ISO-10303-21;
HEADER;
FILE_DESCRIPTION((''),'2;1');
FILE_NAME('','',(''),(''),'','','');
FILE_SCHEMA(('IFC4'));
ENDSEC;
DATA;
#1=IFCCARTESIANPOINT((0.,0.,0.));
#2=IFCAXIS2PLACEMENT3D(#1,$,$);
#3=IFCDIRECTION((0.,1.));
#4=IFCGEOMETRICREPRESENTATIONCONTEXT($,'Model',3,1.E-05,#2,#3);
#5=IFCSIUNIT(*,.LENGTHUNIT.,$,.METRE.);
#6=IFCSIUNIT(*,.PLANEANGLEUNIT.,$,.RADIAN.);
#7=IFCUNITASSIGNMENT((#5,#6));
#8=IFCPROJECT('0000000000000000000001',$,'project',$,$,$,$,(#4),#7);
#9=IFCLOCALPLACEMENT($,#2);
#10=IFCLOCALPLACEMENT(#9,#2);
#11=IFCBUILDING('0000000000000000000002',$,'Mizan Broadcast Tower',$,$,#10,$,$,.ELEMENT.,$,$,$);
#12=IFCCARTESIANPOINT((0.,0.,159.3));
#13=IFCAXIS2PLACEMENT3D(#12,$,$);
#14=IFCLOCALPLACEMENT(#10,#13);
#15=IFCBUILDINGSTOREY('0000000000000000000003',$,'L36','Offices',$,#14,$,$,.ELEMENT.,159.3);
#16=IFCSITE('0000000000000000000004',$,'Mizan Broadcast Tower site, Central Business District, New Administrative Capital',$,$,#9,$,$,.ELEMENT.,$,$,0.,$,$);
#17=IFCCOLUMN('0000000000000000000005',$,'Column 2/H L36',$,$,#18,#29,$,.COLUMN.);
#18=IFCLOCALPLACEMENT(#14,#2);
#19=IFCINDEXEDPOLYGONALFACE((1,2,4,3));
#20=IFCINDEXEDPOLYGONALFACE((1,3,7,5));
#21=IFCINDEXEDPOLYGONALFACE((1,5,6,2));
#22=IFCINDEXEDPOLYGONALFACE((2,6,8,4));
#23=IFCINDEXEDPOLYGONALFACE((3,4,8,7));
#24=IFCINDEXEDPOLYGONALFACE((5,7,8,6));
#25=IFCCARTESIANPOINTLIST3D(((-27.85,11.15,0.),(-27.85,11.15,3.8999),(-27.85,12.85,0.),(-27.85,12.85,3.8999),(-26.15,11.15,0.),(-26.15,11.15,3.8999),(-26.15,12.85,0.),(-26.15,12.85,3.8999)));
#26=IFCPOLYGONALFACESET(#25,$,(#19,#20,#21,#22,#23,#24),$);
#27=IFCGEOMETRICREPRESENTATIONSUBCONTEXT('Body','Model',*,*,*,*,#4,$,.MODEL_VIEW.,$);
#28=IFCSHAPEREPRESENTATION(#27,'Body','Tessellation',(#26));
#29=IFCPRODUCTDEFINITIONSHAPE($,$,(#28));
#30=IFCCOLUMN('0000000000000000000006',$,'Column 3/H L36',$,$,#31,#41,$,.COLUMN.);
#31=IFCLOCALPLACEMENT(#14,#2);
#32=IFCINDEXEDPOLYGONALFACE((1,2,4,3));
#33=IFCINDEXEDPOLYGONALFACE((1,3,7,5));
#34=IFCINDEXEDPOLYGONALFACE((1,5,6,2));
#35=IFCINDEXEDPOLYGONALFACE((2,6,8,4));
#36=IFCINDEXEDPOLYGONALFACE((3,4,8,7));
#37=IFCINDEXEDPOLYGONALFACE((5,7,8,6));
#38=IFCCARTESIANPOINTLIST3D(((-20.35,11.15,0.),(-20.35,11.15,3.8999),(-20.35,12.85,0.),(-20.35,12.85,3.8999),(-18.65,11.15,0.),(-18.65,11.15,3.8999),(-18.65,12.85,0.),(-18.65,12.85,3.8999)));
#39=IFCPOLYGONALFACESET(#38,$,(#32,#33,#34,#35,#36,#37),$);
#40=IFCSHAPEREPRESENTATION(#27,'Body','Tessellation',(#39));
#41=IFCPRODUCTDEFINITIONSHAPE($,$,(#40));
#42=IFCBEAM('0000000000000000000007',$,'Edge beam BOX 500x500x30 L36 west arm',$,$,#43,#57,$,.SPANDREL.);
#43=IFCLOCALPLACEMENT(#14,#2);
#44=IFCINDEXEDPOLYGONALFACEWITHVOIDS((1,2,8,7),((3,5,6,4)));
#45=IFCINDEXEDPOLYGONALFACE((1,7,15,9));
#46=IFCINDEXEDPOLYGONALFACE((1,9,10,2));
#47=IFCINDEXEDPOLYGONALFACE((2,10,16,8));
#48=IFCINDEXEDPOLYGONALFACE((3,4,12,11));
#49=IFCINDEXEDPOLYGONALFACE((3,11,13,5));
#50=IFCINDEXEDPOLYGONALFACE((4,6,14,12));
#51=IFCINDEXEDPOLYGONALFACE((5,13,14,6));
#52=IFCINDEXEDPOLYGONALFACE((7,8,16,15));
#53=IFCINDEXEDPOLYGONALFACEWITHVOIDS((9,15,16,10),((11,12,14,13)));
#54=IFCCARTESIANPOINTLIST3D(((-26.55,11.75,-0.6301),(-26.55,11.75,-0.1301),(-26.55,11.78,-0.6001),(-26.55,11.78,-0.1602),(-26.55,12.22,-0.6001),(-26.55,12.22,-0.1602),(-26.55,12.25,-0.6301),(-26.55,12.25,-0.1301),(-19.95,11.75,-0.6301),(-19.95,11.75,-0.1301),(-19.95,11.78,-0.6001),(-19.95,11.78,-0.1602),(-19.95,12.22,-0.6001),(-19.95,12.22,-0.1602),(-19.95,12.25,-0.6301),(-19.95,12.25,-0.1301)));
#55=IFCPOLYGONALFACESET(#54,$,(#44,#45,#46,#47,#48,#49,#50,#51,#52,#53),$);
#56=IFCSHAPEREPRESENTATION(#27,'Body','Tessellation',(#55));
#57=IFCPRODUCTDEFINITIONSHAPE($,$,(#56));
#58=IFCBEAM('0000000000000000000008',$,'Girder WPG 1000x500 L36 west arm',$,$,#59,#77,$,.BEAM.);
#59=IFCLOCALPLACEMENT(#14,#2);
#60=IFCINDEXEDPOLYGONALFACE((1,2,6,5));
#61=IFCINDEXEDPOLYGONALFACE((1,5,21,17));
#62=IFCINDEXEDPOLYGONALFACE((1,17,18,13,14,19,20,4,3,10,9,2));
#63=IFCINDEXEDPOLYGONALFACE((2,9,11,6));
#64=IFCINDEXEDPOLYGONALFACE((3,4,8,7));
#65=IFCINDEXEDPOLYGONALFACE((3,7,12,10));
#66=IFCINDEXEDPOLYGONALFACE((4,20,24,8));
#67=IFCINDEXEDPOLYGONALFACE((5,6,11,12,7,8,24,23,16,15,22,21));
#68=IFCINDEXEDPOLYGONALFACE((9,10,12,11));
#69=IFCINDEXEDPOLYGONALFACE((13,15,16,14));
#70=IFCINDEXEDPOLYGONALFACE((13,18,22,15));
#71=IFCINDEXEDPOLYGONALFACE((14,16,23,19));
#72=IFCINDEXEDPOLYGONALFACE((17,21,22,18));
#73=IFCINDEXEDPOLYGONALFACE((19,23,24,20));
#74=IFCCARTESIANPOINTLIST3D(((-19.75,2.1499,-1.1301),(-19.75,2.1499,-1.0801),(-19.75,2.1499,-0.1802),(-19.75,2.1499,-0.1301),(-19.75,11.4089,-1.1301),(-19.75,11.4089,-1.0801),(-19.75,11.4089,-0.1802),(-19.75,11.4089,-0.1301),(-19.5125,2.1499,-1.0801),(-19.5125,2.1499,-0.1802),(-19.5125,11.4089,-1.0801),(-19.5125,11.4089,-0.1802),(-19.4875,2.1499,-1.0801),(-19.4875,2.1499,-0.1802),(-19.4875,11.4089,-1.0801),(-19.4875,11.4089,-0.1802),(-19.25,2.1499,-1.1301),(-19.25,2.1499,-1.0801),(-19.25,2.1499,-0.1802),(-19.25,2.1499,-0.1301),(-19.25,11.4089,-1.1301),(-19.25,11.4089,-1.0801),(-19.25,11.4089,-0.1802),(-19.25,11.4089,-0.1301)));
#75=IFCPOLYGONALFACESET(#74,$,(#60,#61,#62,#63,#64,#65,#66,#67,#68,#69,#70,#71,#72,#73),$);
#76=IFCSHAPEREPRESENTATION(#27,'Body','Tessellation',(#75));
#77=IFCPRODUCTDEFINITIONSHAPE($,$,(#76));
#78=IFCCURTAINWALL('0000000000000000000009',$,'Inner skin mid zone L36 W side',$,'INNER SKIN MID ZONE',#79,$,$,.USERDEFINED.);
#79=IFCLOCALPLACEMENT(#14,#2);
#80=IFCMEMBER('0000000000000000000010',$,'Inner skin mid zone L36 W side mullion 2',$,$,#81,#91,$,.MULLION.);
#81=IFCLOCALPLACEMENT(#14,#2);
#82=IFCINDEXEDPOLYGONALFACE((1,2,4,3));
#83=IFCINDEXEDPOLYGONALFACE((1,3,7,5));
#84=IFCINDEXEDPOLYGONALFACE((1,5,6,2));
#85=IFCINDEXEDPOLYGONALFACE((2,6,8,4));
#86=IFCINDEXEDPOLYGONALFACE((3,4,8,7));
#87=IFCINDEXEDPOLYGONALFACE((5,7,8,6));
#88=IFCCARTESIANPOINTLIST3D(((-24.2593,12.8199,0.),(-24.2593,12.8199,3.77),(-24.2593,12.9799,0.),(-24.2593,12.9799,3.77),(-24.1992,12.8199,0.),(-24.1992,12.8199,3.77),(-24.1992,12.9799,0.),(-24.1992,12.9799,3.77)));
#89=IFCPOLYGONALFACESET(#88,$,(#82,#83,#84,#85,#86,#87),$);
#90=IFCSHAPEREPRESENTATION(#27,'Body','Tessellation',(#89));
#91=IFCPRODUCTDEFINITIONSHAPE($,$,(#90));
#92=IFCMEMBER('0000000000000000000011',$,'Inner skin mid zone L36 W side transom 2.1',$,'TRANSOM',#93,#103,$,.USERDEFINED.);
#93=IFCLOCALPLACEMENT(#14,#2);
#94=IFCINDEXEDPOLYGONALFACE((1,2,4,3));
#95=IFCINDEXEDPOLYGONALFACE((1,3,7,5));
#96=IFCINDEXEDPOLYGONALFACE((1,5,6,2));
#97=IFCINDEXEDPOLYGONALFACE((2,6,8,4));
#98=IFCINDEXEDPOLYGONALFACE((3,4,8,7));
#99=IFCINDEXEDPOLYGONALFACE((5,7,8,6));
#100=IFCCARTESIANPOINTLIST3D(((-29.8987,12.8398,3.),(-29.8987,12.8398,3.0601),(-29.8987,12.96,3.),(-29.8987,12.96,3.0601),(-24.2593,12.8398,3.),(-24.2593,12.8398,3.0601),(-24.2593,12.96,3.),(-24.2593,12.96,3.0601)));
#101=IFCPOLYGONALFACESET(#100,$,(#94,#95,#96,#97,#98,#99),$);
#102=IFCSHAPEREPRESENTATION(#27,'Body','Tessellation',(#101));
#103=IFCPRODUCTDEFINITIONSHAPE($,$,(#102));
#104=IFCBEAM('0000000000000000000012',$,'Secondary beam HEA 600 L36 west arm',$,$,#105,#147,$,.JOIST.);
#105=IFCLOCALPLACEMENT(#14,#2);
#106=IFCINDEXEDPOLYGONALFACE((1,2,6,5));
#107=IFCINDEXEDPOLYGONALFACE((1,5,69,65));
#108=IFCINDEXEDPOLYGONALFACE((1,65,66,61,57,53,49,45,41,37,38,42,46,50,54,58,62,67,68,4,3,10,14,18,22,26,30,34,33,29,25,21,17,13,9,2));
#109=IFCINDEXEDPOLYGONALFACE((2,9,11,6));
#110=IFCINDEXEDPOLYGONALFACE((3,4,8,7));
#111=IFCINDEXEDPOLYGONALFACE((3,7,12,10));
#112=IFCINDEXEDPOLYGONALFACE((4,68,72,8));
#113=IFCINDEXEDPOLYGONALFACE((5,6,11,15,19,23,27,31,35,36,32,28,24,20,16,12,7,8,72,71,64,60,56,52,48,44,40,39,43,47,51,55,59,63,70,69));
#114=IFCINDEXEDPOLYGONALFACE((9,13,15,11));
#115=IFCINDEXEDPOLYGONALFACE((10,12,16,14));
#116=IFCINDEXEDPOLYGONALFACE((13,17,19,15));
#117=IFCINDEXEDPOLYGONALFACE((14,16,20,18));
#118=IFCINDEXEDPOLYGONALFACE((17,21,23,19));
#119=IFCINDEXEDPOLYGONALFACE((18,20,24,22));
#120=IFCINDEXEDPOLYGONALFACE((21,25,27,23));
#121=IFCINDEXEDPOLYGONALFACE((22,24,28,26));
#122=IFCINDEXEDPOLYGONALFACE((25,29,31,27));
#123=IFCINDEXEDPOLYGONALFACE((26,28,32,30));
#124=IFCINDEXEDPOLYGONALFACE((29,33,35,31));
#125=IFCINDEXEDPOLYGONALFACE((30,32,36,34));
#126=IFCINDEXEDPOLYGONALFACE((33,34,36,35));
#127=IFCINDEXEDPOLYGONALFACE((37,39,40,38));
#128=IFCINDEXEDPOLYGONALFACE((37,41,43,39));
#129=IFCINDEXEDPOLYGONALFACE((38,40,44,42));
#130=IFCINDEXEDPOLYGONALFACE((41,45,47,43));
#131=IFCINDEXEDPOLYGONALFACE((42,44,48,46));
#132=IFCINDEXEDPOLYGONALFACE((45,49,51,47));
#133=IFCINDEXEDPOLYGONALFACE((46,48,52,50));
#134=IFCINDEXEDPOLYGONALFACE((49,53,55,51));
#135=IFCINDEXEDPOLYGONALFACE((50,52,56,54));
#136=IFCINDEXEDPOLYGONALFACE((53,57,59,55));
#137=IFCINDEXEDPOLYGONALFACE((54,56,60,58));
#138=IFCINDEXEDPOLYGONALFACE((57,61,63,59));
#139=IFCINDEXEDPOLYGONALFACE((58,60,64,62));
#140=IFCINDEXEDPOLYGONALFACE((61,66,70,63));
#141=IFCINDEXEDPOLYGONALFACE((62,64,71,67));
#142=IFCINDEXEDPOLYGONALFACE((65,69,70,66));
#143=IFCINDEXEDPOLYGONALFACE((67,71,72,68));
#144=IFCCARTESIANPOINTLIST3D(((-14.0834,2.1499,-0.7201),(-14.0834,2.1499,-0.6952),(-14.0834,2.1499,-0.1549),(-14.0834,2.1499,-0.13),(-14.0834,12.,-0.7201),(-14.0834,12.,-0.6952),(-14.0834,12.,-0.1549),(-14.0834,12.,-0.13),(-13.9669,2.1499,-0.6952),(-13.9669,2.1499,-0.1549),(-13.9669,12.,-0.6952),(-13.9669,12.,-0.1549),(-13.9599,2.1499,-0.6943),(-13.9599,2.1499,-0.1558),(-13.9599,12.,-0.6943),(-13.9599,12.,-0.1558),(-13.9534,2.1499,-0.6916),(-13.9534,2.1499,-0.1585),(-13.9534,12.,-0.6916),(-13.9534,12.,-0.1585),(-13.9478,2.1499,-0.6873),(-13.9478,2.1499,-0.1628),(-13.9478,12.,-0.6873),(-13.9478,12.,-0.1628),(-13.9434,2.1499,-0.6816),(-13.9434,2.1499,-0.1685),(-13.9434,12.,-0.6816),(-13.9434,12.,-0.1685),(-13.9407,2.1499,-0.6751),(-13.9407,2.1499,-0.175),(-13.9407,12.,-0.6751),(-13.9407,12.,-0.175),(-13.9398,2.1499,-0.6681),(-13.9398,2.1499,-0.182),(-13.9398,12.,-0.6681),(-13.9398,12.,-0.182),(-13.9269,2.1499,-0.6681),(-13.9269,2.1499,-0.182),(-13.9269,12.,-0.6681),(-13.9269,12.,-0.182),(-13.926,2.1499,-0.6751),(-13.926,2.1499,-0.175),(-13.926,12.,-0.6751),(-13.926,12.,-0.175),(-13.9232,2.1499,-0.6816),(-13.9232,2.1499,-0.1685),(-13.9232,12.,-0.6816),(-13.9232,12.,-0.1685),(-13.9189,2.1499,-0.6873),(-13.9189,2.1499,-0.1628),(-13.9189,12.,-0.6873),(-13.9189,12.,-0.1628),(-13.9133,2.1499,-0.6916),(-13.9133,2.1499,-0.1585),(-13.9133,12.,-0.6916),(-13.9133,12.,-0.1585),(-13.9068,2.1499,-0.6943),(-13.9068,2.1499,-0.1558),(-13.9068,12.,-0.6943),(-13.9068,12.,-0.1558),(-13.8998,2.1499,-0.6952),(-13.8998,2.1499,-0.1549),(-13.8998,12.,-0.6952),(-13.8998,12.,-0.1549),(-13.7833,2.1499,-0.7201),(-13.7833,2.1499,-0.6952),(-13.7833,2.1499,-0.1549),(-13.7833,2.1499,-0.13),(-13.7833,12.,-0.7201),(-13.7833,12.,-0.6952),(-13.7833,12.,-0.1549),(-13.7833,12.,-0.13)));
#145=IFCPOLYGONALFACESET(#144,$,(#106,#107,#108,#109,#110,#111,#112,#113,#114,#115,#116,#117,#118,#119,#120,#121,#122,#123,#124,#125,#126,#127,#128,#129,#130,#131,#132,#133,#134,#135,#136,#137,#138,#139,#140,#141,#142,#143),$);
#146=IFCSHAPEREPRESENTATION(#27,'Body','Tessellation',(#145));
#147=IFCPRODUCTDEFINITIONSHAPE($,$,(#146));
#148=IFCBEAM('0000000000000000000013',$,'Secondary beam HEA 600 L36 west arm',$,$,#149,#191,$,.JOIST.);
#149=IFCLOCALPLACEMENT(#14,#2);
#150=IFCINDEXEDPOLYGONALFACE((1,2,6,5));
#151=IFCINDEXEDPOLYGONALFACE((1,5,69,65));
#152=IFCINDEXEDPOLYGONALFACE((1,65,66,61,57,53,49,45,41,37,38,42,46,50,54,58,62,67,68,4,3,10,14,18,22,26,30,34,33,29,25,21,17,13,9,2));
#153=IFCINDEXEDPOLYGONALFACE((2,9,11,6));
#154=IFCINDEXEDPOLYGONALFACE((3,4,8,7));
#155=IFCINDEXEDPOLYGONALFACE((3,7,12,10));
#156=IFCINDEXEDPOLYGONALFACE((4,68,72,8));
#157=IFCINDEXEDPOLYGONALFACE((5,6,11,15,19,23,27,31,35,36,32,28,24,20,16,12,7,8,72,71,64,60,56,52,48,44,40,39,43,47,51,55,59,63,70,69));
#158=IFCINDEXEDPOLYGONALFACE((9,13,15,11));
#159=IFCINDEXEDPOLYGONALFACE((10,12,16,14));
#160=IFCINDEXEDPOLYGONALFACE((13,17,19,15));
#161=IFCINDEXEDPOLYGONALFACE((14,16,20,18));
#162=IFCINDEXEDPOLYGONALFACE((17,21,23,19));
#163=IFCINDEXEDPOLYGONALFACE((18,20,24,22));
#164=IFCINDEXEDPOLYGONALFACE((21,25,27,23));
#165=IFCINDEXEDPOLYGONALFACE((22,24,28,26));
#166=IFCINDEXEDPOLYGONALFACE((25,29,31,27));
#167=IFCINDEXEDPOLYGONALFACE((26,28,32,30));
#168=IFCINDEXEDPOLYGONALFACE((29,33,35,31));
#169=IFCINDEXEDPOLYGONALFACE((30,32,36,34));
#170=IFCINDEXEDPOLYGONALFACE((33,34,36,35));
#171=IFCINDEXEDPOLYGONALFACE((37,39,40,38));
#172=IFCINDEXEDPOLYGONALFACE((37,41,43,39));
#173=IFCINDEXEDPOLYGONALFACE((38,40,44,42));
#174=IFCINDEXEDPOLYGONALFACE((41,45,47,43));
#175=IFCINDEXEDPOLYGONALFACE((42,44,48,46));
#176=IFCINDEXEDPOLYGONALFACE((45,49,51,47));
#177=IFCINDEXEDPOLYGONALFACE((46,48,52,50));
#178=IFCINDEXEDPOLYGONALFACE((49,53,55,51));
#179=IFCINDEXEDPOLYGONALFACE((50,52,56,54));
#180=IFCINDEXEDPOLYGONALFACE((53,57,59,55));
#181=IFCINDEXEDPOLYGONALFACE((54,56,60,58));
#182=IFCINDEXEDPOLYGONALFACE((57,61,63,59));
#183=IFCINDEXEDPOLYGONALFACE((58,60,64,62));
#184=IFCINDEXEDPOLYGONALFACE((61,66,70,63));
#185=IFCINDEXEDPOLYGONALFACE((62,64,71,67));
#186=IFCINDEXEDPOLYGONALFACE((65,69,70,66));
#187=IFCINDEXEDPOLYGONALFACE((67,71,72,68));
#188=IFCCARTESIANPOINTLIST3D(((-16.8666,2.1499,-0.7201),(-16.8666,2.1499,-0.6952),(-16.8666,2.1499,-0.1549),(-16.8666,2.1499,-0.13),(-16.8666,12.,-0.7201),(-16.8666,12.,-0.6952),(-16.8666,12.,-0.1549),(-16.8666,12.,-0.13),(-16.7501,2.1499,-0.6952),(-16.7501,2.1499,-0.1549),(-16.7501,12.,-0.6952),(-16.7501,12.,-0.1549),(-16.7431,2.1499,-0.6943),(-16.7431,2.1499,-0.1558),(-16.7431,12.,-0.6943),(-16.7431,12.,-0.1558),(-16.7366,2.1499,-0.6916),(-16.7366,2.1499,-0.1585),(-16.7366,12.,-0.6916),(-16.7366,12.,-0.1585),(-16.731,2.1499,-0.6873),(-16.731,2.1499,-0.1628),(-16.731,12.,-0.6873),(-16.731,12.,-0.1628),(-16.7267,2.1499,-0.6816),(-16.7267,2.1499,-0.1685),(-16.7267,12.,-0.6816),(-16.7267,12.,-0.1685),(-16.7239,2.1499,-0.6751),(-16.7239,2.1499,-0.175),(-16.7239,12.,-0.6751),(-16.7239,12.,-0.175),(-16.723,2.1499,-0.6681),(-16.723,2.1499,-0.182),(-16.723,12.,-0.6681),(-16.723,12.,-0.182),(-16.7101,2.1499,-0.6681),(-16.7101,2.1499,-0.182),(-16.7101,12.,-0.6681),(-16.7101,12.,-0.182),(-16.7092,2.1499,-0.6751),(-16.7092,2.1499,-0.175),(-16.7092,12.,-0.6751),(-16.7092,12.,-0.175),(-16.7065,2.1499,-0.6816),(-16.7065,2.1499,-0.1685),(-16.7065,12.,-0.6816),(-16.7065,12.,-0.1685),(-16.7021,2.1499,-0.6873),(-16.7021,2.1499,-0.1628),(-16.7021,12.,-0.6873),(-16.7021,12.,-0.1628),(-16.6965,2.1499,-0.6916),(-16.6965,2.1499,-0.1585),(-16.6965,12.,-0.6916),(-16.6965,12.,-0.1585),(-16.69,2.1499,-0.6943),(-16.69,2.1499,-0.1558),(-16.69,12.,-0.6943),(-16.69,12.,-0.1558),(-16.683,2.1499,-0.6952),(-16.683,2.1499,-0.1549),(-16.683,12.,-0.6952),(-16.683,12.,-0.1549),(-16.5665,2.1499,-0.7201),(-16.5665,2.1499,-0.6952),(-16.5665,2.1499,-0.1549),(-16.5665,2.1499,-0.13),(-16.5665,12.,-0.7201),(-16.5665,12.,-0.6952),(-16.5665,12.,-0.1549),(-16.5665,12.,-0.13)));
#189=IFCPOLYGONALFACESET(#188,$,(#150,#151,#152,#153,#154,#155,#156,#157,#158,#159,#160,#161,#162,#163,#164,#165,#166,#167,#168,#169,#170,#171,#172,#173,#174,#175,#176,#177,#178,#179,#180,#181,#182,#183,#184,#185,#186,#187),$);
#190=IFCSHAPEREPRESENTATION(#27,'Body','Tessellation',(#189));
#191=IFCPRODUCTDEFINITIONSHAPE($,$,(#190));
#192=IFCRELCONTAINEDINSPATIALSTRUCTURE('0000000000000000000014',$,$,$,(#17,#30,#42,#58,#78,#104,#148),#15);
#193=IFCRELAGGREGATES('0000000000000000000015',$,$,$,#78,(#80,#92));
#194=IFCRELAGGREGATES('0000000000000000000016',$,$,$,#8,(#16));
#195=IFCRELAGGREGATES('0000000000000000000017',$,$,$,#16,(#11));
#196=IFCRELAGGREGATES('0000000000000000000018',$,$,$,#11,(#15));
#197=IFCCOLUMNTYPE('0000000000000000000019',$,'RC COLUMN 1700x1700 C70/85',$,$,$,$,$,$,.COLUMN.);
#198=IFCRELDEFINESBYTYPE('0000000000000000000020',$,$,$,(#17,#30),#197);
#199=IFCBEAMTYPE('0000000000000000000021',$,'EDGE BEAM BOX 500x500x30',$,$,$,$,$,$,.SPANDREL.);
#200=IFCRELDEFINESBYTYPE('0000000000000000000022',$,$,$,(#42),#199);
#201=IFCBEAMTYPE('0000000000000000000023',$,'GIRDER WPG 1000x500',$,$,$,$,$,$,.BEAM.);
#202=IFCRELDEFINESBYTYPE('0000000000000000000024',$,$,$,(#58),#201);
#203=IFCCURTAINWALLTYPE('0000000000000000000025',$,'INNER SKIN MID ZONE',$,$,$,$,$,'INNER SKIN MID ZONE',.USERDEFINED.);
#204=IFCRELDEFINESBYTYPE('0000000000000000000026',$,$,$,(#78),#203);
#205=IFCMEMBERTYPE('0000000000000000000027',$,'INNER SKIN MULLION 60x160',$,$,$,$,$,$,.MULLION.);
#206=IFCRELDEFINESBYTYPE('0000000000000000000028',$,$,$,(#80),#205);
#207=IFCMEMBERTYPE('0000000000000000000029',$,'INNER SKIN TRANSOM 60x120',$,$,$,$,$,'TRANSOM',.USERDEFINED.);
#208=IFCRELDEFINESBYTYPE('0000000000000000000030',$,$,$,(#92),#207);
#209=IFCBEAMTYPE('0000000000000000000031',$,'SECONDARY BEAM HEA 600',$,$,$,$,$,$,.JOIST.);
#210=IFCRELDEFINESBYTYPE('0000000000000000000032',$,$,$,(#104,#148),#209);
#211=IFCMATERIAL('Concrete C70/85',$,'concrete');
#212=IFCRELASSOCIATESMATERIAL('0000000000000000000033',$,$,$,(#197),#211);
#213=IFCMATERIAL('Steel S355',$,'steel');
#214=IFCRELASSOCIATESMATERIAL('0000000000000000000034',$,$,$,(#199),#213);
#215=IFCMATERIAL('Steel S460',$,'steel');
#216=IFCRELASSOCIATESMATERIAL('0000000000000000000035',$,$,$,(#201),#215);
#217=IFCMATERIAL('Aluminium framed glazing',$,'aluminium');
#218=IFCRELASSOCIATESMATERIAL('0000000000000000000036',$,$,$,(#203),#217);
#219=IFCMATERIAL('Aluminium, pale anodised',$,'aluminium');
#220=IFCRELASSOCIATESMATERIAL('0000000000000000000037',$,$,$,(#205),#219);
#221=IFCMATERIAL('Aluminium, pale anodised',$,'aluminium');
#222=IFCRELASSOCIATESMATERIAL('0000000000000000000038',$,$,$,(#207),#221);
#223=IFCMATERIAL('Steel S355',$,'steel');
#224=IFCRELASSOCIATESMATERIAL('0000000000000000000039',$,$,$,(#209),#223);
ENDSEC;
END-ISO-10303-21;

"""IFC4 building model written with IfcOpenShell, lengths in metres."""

from ifc_helpers import new_model, si_unit, direction, frame, origin, origin_2d, place, context, subcontext, project, spatial, rectangle, hollow_rectangle, i_section, extrude, material, material_profile, profile_set, type_object, element, aggregate, save


model = new_model("IFC4")

# Units and contexts
model_context = context("Model", 3, precision=1e-05, world=origin(), true_north=direction((0.0, 1.0)))
body_context = subcontext(model_context, "Body", "Model", "MODEL_VIEW")
ifc_project = project(units=[si_unit("LENGTHUNIT", "METRE"), si_unit("PLANEANGLEUNIT", "RADIAN")], contexts=[model_context])

# Site, building, storey
site_placement = place(None, origin())
site = spatial("IfcSite", under=ifc_project, at=site_placement, Name="Mizan Broadcast Tower site, Central Business District, New Administrative Capital", CompositionType="ELEMENT", RefElevation=0.0)
building_placement = place(site_placement, origin())
building = spatial("IfcBuilding", under=site, at=building_placement, Name="Mizan Broadcast Tower", CompositionType="ELEMENT")
storey_placement = place(building_placement, frame((0.0, 0.0, 159.3)))
storey = spatial("IfcBuildingStorey", under=building, at=storey_placement, Name="L36", Description="Offices", CompositionType="ELEMENT", Elevation=159.3)

# Columns
ifc_material_1 = material(Name="Concrete C70/85", Category="concrete")
ifc_material_profile_1 = material_profile(ifc_material_1, rectangle(XDim=1.7, YDim=1.7, at=origin_2d()), Name="RC 1700x1700")
ifc_profile_set_1 = profile_set([ifc_material_profile_1], Name="Concrete C70/85")
column_type = type_object("IfcColumnType", Name="RC COLUMN 1700x1700 C70/85", PredefinedType="COLUMN", material=ifc_profile_set_1)
for number, where, z_axis, x_axis, name in (
    (1, (-27.0, 12.0, 0.0), (0.0, 0.0, 1.0), (1.0, 0.0, 0.0), "Column 2/H L36"),
    (2, (-19.5, 12.0, 0.0), (0.0, 0.0, 1.0), (1.0, 0.0, 0.0), "Column 3/H L36"),
):
    element("IfcColumn", number, at=place(storey_placement, frame(where, z_axis=z_axis, x_axis=x_axis)), inside=storey, type_object=column_type, Name=name, PredefinedType="COLUMN", context=body_context, shape_type="SweptSolid", body=[
        extrude(rectangle(XDim=1.7, YDim=1.7, at=origin_2d()), origin(), (0.0, 0.0, 1.0), 3.8999),
    ])

# Beams
ifc_material_2 = material(Name="Steel S355", Category="steel")
ifc_material_profile_2 = material_profile(ifc_material_2, hollow_rectangle(XDim=0.5, YDim=0.5, WallThickness=0.03, at=origin_2d()), Name="BOX 500x500x30")
ifc_profile_set_2 = profile_set([ifc_material_profile_2], Name="Steel S355")
beam_type_1 = type_object("IfcBeamType", Name="EDGE BEAM BOX 500x500x30", PredefinedType="SPANDREL", material=ifc_profile_set_2)
beam_1_placement = place(storey_placement, frame((-19.95, 12.0, -0.3801), z_axis=(-1.0, 0.0, 0.0), x_axis=(0.0, -1.0, 0.0)))
element("IfcBeam", 3, at=beam_1_placement, inside=storey, type_object=beam_type_1, Name="Edge beam BOX 500x500x30 L36 west arm", PredefinedType="SPANDREL", context=body_context, shape_type="SweptSolid", body=[
    extrude(hollow_rectangle(XDim=0.5, YDim=0.5, WallThickness=0.03, at=origin_2d()), origin(), (0.0, 0.0, 1.0), 6.6001),
])
ifc_material_3 = material(Name="Steel S460", Category="steel")
ifc_material_profile_3 = material_profile(ifc_material_3, i_section(OverallWidth=0.5, OverallDepth=1.0, WebThickness=0.0249, FlangeThickness=0.05, at=origin_2d()), Name="WPG 1000x500")
ifc_profile_set_3 = profile_set([ifc_material_profile_3], Name="Steel S460")
beam_type_2 = type_object("IfcBeamType", Name="GIRDER WPG 1000x500", PredefinedType="BEAM", material=ifc_profile_set_3)
beam_2_placement = place(storey_placement, frame((-19.5, 11.4089, -0.6301), z_axis=(0.0, -1.0, 0.0), x_axis=(1.0, 0.0, 0.0)))
element("IfcBeam", 4, at=beam_2_placement, inside=storey, type_object=beam_type_2, Name="Girder WPG 1000x500 L36 west arm", PredefinedType="BEAM", context=body_context, shape_type="SweptSolid", body=[
    extrude(i_section(OverallWidth=0.5, OverallDepth=1.0, WebThickness=0.0249, FlangeThickness=0.05, at=origin_2d()), origin(), (0.0, 0.0, 1.0), 9.259),
])

# Curtain wall, members
ifc_material_4 = material(Name="Aluminium framed glazing", Category="aluminium")
curtain_wall_type = type_object("IfcCurtainWallType", Name="INNER SKIN MID ZONE", ElementType="INNER SKIN MID ZONE", PredefinedType="USERDEFINED", material=ifc_material_4)
curtain_wall_placement = place(storey_placement, origin())
curtain_wall = element("IfcCurtainWall", 5, at=curtain_wall_placement, inside=storey, type_object=curtain_wall_type, Name="Inner skin mid zone L36 W side", ObjectType="INNER SKIN MID ZONE", PredefinedType="USERDEFINED")
ifc_material_5 = material(Name="Aluminium, pale anodised", Category="aluminium")
ifc_material_profile_4 = material_profile(ifc_material_5, rectangle(XDim=0.1599, YDim=0.0601, at=origin_2d()), Name="MULLION 160x60")
ifc_profile_set_4 = profile_set([ifc_material_profile_4], Name="Aluminium, pale anodised")
member_type_1 = type_object("IfcMemberType", Name="INNER SKIN MULLION 60x160", PredefinedType="MULLION", material=ifc_profile_set_4)
member_1_placement = place(storey_placement, frame((-24.2292, 12.8999, 0.0), z_axis=(0.0, 0.0, 1.0), x_axis=(0.0, -1.0, 0.0)))
member_1 = element("IfcMember", 6, at=member_1_placement, type_object=member_type_1, Name="Inner skin mid zone L36 W side mullion 2", PredefinedType="MULLION", context=body_context, shape_type="SweptSolid", body=[
    extrude(rectangle(XDim=0.1599, YDim=0.0601, at=origin_2d()), origin(), (0.0, 0.0, 1.0), 3.77),
])
ifc_material_6 = material(Name="Aluminium, pale anodised", Category="aluminium")
ifc_material_profile_5 = material_profile(ifc_material_6, rectangle(XDim=0.1201, YDim=0.0601, at=origin_2d()), Name="TRANSOM 120x60")
ifc_profile_set_5 = profile_set([ifc_material_profile_5], Name="Aluminium, pale anodised")
member_type_2 = type_object("IfcMemberType", Name="INNER SKIN TRANSOM 60x120", ElementType="TRANSOM", PredefinedType="USERDEFINED", material=ifc_profile_set_5)
member_2_placement = place(storey_placement, frame((-24.2593, 12.8999, 3.03), z_axis=(-1.0, 0.0, 0.0), x_axis=(0.0, -1.0, 0.0)))
member_2 = element("IfcMember", 7, at=member_2_placement, type_object=member_type_2, Name="Inner skin mid zone L36 W side transom 2.1", ObjectType="TRANSOM", PredefinedType="USERDEFINED", context=body_context, shape_type="SweptSolid", body=[
    extrude(rectangle(XDim=0.1201, YDim=0.0601, at=origin_2d()), origin(), (0.0, 0.0, 1.0), 5.6394),
])

# Beams
ifc_material_7 = material(Name="Steel S355", Category="steel")
ifc_material_profile_6 = material_profile(ifc_material_7, i_section(OverallWidth=0.3, OverallDepth=0.5901, WebThickness=0.0129, FlangeThickness=0.0249, FilletRadius=0.0271, at=origin_2d()), Name="HEA 600")
ifc_profile_set_6 = profile_set([ifc_material_profile_6], Name="Steel S355")
beam_type_3 = type_object("IfcBeamType", Name="SECONDARY BEAM HEA 600", PredefinedType="JOIST", material=ifc_profile_set_6)
for number, where, z_axis, x_axis, name in (
    (8, (-13.9333, 12.0, -0.425), (0.0, -1.0, 0.0), (1.0, 0.0, 0.0), "Secondary beam HEA 600 L36 west arm"),
    (9, (-16.7166, 12.0, -0.425), (0.0, -1.0, 0.0), (1.0, 0.0, 0.0), "Secondary beam HEA 600 L36 west arm"),
):
    element("IfcBeam", number, at=place(storey_placement, frame(where, z_axis=z_axis, x_axis=x_axis)), inside=storey, type_object=beam_type_3, Name=name, PredefinedType="JOIST", context=body_context, shape_type="SweptSolid", body=[
        extrude(i_section(OverallWidth=0.3, OverallDepth=0.5901, WebThickness=0.0129, FlangeThickness=0.0249, FilletRadius=0.0271, at=origin_2d()), origin(), (0.0, 0.0, 1.0), 9.8501),
    ])

aggregate(curtain_wall, [member_1, member_2])

save(model, "model.ifc")
